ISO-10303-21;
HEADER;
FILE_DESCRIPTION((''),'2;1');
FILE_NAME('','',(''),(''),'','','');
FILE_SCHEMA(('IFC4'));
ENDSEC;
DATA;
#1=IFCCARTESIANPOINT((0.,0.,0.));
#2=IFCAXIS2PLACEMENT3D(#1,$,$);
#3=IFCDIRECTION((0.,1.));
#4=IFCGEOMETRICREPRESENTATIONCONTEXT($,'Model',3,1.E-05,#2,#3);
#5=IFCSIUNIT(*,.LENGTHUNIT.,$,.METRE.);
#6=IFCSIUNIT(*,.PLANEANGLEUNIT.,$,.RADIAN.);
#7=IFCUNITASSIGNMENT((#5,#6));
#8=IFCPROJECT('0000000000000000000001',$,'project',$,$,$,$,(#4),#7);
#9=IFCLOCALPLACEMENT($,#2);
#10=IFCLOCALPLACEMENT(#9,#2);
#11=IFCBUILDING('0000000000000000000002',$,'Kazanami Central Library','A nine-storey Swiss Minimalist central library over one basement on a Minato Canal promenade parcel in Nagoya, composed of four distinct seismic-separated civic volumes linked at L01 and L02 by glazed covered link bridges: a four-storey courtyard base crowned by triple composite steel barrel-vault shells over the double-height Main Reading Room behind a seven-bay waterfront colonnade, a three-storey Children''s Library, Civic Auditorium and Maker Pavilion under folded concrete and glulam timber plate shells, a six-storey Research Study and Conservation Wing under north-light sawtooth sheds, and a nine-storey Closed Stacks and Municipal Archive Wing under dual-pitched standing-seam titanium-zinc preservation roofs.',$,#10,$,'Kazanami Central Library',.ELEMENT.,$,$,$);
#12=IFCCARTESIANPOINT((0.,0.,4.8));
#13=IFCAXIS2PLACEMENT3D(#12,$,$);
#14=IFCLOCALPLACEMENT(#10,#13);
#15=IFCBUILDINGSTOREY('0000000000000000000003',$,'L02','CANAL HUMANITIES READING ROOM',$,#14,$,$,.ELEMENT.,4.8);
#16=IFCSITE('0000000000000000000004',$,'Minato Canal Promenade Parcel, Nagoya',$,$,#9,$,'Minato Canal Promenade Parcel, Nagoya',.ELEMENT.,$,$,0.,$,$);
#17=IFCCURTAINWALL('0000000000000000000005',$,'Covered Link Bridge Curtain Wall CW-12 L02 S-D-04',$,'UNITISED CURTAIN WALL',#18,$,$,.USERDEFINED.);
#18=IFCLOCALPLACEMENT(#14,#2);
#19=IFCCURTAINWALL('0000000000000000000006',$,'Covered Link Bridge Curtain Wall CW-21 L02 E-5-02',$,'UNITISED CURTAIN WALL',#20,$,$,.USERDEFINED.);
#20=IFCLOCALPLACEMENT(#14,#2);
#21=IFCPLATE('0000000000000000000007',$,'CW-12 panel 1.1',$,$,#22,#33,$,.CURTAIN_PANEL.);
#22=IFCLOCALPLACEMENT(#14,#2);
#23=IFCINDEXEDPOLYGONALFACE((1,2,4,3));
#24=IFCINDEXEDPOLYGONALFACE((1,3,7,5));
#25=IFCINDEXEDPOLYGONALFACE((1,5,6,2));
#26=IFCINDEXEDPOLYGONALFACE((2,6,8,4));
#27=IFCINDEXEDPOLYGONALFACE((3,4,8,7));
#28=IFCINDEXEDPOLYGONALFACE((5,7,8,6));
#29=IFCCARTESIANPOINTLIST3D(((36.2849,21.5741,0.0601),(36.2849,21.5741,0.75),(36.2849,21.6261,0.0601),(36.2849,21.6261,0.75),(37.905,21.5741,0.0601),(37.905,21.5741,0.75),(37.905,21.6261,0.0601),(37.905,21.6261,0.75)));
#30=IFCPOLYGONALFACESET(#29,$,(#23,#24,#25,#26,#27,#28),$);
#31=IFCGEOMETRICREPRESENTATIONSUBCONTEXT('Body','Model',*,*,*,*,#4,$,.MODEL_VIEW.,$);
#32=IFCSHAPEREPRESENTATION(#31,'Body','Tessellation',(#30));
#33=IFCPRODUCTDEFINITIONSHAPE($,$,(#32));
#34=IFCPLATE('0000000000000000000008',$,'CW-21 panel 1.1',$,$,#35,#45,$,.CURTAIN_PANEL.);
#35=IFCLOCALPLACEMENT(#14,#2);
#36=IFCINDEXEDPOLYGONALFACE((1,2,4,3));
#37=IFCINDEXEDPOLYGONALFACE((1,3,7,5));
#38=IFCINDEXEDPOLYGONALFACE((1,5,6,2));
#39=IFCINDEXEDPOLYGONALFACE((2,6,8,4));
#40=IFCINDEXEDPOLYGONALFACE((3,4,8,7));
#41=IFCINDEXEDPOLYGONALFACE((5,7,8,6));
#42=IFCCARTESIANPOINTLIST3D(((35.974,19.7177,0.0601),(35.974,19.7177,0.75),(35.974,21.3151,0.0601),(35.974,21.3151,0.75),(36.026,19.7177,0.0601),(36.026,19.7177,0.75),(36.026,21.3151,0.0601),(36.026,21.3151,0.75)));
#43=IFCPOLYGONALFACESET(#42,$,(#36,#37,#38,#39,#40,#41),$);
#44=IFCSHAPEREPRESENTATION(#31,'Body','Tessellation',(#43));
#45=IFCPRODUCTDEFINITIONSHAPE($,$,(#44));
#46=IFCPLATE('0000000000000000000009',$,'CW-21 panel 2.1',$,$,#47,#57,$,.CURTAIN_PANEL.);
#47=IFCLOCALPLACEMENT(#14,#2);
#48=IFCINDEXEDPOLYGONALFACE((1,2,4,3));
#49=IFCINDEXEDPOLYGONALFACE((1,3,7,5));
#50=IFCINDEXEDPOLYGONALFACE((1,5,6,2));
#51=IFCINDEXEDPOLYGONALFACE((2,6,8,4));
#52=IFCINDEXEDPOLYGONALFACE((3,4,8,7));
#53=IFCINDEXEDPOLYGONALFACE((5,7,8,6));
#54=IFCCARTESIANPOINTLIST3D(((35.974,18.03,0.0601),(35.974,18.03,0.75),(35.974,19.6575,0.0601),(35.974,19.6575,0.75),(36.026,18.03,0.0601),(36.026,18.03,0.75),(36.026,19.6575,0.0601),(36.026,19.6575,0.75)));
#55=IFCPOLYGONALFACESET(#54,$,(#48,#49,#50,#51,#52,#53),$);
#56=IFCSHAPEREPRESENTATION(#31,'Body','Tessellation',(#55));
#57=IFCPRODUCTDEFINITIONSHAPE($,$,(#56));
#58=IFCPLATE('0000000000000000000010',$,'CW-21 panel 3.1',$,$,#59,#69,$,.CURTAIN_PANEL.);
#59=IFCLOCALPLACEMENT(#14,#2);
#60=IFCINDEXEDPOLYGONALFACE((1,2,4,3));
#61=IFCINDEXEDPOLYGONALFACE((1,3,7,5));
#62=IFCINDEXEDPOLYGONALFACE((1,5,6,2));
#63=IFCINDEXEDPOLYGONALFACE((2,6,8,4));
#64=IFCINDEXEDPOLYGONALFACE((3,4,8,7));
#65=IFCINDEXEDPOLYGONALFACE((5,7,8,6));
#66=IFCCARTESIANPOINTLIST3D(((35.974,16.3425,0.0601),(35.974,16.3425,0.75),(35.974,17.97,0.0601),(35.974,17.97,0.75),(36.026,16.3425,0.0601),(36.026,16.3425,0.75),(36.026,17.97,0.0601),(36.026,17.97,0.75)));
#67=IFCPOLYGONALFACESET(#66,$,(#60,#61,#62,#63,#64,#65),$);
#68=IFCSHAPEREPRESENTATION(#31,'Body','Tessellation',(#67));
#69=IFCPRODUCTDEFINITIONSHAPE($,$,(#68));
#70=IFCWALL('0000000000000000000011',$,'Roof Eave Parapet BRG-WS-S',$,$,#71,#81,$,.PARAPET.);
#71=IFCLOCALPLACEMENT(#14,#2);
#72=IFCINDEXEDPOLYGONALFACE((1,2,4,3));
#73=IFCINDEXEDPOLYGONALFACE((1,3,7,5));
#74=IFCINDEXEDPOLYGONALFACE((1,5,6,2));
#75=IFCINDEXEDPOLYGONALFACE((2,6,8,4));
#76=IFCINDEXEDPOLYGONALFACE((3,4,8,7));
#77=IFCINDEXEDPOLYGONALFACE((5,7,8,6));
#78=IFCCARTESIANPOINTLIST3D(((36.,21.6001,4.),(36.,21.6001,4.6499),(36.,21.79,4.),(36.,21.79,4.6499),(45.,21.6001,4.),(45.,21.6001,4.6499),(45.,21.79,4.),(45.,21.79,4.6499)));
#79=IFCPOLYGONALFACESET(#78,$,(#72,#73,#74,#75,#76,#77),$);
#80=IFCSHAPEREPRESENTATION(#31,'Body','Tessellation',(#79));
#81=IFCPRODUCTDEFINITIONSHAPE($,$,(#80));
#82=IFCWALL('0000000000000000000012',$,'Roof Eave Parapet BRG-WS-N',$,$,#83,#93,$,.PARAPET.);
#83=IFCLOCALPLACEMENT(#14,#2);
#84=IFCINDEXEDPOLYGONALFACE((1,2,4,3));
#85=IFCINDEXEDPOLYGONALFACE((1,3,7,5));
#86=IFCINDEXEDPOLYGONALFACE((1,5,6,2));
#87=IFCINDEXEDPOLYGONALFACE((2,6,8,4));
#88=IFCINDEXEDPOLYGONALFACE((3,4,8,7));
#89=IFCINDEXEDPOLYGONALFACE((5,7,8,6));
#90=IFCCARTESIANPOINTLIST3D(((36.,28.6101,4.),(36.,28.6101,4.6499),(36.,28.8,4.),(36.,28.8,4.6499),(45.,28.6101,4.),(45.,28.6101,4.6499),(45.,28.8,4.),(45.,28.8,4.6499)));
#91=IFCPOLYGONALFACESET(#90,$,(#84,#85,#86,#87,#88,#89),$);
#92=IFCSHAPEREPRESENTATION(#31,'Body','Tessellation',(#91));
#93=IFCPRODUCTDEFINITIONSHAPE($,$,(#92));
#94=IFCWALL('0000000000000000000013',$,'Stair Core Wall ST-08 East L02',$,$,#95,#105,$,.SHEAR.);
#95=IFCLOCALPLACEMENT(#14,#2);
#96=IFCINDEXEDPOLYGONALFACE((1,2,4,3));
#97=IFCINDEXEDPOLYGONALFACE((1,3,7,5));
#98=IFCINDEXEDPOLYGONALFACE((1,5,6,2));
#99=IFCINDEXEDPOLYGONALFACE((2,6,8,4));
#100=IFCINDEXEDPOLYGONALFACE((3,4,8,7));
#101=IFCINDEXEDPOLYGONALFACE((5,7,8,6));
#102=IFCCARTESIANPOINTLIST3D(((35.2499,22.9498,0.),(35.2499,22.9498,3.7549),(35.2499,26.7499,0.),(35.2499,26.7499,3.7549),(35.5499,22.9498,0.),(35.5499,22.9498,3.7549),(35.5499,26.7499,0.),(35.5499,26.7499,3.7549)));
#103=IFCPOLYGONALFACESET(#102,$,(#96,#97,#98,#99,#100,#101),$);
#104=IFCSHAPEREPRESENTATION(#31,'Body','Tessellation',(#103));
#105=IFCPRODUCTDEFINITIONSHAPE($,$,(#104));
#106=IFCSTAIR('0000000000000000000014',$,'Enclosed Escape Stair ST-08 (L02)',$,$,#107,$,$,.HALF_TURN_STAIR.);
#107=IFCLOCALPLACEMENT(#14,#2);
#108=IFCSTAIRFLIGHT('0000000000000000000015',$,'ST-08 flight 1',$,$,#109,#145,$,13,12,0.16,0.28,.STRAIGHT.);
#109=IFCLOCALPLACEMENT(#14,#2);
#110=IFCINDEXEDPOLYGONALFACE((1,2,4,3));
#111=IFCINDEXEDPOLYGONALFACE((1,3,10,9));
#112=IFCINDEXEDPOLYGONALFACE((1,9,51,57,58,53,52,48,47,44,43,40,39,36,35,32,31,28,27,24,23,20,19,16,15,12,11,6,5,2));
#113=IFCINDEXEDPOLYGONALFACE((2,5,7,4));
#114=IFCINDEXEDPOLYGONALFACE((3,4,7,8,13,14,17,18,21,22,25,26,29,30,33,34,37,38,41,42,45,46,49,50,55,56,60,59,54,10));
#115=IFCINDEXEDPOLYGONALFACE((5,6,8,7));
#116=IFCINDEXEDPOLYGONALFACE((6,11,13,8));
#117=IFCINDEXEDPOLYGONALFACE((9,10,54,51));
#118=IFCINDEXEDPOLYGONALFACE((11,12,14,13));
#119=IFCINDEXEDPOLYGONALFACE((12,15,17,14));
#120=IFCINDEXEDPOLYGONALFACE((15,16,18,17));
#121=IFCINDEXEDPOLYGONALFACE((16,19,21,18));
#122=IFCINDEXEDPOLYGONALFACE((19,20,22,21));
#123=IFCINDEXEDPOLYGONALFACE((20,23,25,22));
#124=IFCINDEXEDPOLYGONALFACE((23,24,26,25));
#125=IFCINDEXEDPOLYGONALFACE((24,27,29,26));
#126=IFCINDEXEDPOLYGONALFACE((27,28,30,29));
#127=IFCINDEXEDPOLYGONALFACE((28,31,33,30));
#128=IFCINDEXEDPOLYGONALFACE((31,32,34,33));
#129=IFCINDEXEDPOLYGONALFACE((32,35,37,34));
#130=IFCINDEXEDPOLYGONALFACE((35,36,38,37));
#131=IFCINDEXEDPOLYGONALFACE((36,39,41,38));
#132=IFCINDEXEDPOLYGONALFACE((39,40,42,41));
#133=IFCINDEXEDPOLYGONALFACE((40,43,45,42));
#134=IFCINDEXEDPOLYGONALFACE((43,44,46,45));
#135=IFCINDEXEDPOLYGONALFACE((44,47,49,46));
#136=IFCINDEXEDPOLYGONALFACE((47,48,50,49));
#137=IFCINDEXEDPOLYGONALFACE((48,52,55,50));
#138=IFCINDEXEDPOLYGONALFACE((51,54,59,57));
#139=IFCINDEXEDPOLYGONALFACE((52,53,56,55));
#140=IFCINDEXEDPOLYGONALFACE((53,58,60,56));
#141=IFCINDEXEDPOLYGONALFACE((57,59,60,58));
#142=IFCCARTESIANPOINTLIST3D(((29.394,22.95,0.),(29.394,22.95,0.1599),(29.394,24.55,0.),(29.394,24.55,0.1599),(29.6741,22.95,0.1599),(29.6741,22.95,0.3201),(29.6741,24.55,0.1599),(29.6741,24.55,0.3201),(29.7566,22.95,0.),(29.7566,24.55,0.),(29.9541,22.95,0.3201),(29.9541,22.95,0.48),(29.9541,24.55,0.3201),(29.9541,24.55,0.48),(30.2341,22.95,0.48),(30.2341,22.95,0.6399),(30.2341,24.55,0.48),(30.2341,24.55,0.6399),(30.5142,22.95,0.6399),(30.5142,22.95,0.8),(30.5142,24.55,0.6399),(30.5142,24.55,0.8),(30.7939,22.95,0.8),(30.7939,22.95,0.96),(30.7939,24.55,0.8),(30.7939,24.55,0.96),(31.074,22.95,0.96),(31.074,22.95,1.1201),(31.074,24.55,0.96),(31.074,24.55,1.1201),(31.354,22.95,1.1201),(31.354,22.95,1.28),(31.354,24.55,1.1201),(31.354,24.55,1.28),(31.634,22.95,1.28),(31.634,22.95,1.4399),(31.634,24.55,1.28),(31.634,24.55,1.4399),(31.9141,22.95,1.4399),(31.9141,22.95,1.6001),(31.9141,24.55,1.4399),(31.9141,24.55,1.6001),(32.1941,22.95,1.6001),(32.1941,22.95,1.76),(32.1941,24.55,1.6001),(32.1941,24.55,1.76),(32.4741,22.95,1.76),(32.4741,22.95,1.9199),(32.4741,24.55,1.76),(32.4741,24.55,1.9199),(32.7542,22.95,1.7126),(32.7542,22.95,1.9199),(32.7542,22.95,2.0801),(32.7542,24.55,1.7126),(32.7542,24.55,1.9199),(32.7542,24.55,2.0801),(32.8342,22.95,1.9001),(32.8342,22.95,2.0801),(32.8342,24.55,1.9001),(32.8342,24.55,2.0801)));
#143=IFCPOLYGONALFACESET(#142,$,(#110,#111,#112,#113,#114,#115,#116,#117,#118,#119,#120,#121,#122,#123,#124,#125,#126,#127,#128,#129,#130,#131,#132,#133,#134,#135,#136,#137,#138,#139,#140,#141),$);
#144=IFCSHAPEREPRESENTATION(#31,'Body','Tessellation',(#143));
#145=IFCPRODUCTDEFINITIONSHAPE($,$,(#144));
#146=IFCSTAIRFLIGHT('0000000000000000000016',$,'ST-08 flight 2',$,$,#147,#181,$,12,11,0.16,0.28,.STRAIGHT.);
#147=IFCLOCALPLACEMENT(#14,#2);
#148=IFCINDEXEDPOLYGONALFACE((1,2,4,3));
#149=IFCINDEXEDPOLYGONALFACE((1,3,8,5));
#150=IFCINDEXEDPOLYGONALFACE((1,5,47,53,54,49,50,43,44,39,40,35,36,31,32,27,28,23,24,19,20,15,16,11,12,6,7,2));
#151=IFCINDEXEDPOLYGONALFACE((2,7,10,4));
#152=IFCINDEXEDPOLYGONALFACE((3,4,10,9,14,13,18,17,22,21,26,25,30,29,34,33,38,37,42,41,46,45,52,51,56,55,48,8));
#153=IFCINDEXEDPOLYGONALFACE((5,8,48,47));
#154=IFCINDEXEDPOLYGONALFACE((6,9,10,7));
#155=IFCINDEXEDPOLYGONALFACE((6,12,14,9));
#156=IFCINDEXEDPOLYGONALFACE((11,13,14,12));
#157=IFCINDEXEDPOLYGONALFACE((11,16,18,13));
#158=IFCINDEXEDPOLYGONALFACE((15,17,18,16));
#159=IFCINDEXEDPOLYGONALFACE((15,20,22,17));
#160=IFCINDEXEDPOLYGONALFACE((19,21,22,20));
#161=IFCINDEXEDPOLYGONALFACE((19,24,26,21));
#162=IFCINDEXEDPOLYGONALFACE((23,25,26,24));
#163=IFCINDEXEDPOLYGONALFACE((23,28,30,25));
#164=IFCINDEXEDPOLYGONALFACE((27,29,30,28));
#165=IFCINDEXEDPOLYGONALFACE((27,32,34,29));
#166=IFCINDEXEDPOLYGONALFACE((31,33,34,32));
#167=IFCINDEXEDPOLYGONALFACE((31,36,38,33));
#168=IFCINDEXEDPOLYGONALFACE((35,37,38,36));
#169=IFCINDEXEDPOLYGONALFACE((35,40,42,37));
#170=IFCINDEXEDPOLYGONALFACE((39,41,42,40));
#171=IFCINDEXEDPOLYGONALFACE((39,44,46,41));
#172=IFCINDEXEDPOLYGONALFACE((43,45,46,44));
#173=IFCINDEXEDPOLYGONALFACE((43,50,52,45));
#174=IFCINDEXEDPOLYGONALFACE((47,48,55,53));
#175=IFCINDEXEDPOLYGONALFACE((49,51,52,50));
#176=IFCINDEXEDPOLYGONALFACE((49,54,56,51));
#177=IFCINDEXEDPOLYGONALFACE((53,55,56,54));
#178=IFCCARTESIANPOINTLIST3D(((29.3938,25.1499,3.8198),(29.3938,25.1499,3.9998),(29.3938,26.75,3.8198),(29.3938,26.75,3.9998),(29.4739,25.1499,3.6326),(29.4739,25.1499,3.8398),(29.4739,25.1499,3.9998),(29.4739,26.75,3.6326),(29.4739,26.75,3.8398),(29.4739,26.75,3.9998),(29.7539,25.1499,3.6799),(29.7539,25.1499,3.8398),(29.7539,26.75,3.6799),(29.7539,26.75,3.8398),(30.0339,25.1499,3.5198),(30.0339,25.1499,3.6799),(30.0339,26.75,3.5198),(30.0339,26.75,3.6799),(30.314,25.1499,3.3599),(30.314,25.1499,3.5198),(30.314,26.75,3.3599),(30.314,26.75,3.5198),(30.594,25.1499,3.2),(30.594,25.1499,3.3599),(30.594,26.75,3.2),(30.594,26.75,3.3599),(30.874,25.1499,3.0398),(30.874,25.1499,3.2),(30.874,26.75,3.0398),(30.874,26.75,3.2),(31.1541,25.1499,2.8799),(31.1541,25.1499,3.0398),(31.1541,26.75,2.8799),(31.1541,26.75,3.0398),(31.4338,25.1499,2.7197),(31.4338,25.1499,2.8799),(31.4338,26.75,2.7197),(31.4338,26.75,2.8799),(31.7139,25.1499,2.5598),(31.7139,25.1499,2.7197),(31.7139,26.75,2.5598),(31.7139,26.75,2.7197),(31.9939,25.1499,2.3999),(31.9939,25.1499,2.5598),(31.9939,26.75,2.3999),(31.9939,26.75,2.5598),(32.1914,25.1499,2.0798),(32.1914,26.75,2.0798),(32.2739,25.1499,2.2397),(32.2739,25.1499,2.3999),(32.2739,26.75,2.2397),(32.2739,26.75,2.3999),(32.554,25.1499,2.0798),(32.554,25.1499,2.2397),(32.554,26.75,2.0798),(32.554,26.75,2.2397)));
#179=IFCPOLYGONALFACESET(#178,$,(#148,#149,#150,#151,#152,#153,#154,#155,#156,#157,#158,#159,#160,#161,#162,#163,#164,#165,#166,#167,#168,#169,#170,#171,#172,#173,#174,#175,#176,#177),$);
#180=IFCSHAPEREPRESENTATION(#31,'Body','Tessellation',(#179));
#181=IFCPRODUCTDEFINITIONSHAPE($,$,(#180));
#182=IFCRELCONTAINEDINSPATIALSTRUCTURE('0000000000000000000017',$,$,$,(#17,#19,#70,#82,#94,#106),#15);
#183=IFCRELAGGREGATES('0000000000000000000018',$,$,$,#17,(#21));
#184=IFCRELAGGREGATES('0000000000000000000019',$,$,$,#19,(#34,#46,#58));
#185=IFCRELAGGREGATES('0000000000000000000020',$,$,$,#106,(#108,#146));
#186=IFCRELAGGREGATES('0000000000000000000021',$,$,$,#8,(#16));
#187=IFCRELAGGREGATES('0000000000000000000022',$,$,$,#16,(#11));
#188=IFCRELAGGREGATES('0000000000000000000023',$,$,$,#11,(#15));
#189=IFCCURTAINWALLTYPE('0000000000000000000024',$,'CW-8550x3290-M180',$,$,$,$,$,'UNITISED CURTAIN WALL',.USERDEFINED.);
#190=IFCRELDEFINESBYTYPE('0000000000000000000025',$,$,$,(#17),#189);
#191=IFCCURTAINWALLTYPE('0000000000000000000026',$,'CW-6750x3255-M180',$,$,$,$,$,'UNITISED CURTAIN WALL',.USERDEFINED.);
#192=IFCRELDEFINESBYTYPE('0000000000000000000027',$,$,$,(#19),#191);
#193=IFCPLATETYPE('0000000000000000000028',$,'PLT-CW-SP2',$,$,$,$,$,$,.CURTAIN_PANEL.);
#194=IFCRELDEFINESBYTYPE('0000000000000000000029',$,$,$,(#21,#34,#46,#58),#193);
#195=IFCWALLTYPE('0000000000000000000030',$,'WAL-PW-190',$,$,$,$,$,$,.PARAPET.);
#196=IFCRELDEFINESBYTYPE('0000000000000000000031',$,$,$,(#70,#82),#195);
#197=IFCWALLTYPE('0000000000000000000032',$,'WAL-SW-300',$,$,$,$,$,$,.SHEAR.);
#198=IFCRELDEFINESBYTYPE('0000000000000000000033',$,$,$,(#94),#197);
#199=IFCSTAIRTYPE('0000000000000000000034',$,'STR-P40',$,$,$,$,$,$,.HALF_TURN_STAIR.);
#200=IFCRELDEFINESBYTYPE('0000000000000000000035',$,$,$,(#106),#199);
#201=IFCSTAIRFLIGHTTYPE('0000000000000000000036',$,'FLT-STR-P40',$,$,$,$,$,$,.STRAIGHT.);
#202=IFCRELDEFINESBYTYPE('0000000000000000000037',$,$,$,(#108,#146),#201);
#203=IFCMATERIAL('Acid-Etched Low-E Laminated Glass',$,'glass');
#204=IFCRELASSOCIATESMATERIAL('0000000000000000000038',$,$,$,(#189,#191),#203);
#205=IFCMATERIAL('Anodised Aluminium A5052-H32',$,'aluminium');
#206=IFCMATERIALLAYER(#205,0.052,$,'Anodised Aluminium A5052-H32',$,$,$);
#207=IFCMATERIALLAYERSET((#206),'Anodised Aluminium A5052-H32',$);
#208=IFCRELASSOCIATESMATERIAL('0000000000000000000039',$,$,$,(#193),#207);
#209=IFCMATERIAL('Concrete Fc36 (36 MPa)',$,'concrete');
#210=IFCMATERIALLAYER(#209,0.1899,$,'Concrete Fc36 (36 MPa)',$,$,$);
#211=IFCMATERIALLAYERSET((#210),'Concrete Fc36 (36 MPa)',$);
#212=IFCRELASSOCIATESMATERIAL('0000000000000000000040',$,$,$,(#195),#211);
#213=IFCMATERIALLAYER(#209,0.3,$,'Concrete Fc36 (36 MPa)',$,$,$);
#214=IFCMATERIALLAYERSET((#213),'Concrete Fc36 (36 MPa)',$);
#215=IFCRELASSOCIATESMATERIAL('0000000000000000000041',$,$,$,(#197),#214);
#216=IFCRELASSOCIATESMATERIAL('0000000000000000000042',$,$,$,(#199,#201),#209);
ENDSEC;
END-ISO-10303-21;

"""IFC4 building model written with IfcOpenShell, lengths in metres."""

from ifc_helpers import new_model, si_unit, direction, frame, frame_2d, origin, origin_2d, place, context, subcontext, project, spatial, polyline, rectangle, outline, extrude, material, layer, layer_set, type_object, element, aggregate, save


model = new_model("IFC4")

# Units and contexts
model_context = context("Model", 3, precision=1e-05, world=origin(), true_north=direction((0.0, 1.0)))
body_context = subcontext(model_context, "Body", "Model", "MODEL_VIEW")
ifc_project = project(units=[si_unit("LENGTHUNIT", "METRE"), si_unit("PLANEANGLEUNIT", "RADIAN")], contexts=[model_context])

# Site, building, storey
site_placement = place(None, origin())
site = spatial("IfcSite", under=ifc_project, at=site_placement, Name="Minato Canal Promenade Parcel, Nagoya", LongName="Minato Canal Promenade Parcel, Nagoya", CompositionType="ELEMENT", RefElevation=0.0)
building_placement = place(site_placement, origin())
building = spatial("IfcBuilding", under=site, at=building_placement, Name="Kazanami Central Library", Description="A nine-storey Swiss Minimalist central library over one basement on a Minato Canal promenade parcel in Nagoya, composed of four distinct seismic-separated civic volumes linked at L01 and L02 by glazed covered link bridges: a four-storey courtyard base crowned by triple composite steel barrel-vault shells over the double-height Main Reading Room behind a seven-bay waterfront colonnade, a three-storey Children's Library, Civic Auditorium and Maker Pavilion under folded concrete and glulam timber plate shells, a six-storey Research Study and Conservation Wing under north-light sawtooth sheds, and a nine-storey Closed Stacks and Municipal Archive Wing under dual-pitched standing-seam titanium-zinc preservation roofs.", LongName="Kazanami Central Library", CompositionType="ELEMENT")
storey_placement = place(building_placement, frame((0.0, 0.0, 4.8)))
storey = spatial("IfcBuildingStorey", under=building, at=storey_placement, Name="L02", Description="CANAL HUMANITIES READING ROOM", CompositionType="ELEMENT", Elevation=4.8)

# Curtain wall
ifc_material_1 = material(Name="Acid-Etched Low-E Laminated Glass", Category="glass")
curtain_wall_type_1 = type_object("IfcCurtainWallType", Name="CW-8550x3290-M180", ElementType="UNITISED CURTAIN WALL", PredefinedType="USERDEFINED", material=ifc_material_1)
curtain_wall_1_placement = place(storey_placement, origin())
curtain_wall_1 = element("IfcCurtainWall", 1, at=curtain_wall_1_placement, inside=storey, type_object=curtain_wall_type_1, Name="Covered Link Bridge Curtain Wall CW-12 L02 S-D-04", ObjectType="UNITISED CURTAIN WALL", PredefinedType="USERDEFINED")

# Curtain wall
curtain_wall_type_2 = type_object("IfcCurtainWallType", Name="CW-6750x3255-M180", ElementType="UNITISED CURTAIN WALL", PredefinedType="USERDEFINED", material=ifc_material_1)
curtain_wall_2_placement = place(storey_placement, origin())
curtain_wall_2 = element("IfcCurtainWall", 2, at=curtain_wall_2_placement, inside=storey, type_object=curtain_wall_type_2, Name="Covered Link Bridge Curtain Wall CW-21 L02 E-5-02", ObjectType="UNITISED CURTAIN WALL", PredefinedType="USERDEFINED")

# Plates
ifc_material_2 = material(Name="Anodised Aluminium A5052-H32", Category="aluminium")
ifc_layer_1 = layer(ifc_material_2, 0.052, Name="Anodised Aluminium A5052-H32")
ifc_layer_set_1 = layer_set([ifc_layer_1], Name="Anodised Aluminium A5052-H32")
plate_type_1 = type_object("IfcPlateType", Name="PLT-CW-SP2", PredefinedType="CURTAIN_PANEL", material=ifc_layer_set_1)
plate_1_placement = place(storey_placement, frame((37.095, 21.6001, 0.0601), z_axis=(0.0, 0.0, 1.0), x_axis=(1.0, 0.0, 0.0)))
plate_1 = element("IfcPlate", 3, at=plate_1_placement, type_object=plate_type_1, Name="CW-12 panel 1.1", PredefinedType="CURTAIN_PANEL", context=body_context, shape_type="SweptSolid", body=[
    extrude(rectangle(XDim=1.6201, YDim=0.052, at=origin_2d()), origin(), (0.0, 0.0, 1.0), 0.6899),
])
aggregate(curtain_wall_1, [plate_1])
plate_2_placement = place(storey_placement, frame((36.0, 20.5164, 0.0601), z_axis=(0.0, 0.0, 1.0), x_axis=(0.0, -1.0, 0.0)))
plate_2 = element("IfcPlate", 4, at=plate_2_placement, type_object=plate_type_1, Name="CW-21 panel 1.1", PredefinedType="CURTAIN_PANEL", context=body_context, shape_type="SweptSolid", body=[
    extrude(rectangle(XDim=1.5974, YDim=0.052, at=origin_2d()), origin(), (0.0, 0.0, 1.0), 0.6899),
])
plate_3_placement = place(storey_placement, frame((36.0, 18.8438, 0.0601), z_axis=(0.0, 0.0, 1.0), x_axis=(0.0, -1.0, 0.0)))
plate_3 = element("IfcPlate", 5, at=plate_3_placement, type_object=plate_type_1, Name="CW-21 panel 2.1", PredefinedType="CURTAIN_PANEL", context=body_context, shape_type="SweptSolid", body=[
    extrude(rectangle(XDim=1.6274, YDim=0.052, at=origin_2d()), origin(), (0.0, 0.0, 1.0), 0.6899),
])
plate_4_placement = place(storey_placement, frame((36.0, 17.1562, 0.0601), z_axis=(0.0, 0.0, 1.0), x_axis=(0.0, -1.0, 0.0)))
plate_4 = element("IfcPlate", 6, at=plate_4_placement, type_object=plate_type_1, Name="CW-21 panel 3.1", PredefinedType="CURTAIN_PANEL", context=body_context, shape_type="SweptSolid", body=[
    extrude(rectangle(XDim=1.6274, YDim=0.052, at=origin_2d()), origin(), (0.0, 0.0, 1.0), 0.6899),
])
aggregate(curtain_wall_2, [plate_2, plate_3, plate_4])

# Walls
ifc_material_3 = material(Name="Concrete Fc36 (36 MPa)", Category="concrete")
ifc_layer_2 = layer(ifc_material_3, 0.1899, Name="Concrete Fc36 (36 MPa)")
ifc_layer_set_2 = layer_set([ifc_layer_2], Name="Concrete Fc36 (36 MPa)")
wall_type_1 = type_object("IfcWallType", Name="WAL-PW-190", PredefinedType="PARAPET", material=ifc_layer_set_2)
for number, where, z_axis, x_axis, name in (
    (7, (36.0, 21.6951, 4.0), (0.0, 0.0, 1.0), (1.0, 0.0, 0.0), "Roof Eave Parapet BRG-WS-S"),
    (8, (36.0, 28.7051, 4.0), (0.0, 0.0, 1.0), (1.0, 0.0, 0.0), "Roof Eave Parapet BRG-WS-N"),
):
    element("IfcWall", number, at=place(storey_placement, frame(where, z_axis=z_axis, x_axis=x_axis)), inside=storey, type_object=wall_type_1, Name=name, PredefinedType="PARAPET", context=body_context, shape_type="SweptSolid", body=[
        extrude(rectangle(XDim=9.0, YDim=0.1899, at=frame_2d((4.5, 0.0))), origin(), (0.0, 0.0, 1.0), 0.6499),
    ])
ifc_layer_3 = layer(ifc_material_3, 0.3, Name="Concrete Fc36 (36 MPa)")
ifc_layer_set_3 = layer_set([ifc_layer_3], Name="Concrete Fc36 (36 MPa)")
wall_type_2 = type_object("IfcWallType", Name="WAL-SW-300", PredefinedType="SHEAR", material=ifc_layer_set_3)
wall_1_placement = place(storey_placement, frame((35.3999, 22.95, 0.0), z_axis=(0.0, 0.0, 1.0), x_axis=(0.0, 1.0, 0.0)))
element("IfcWall", 9, at=wall_1_placement, inside=storey, type_object=wall_type_2, Name="Stair Core Wall ST-08 East L02", PredefinedType="SHEAR", context=body_context, shape_type="SweptSolid", body=[
    extrude(rectangle(XDim=3.8, YDim=0.3, at=frame_2d((1.8999, 0.0))), origin(), (0.0, 0.0, 1.0), 3.7549),
])

# Stair, stair flights
stair_type = type_object("IfcStairType", Name="STR-P40", PredefinedType="HALF_TURN_STAIR", material=ifc_material_3)
stair_placement = place(storey_placement, origin())
stair = element("IfcStair", 10, at=stair_placement, inside=storey, type_object=stair_type, Name="Enclosed Escape Stair ST-08 (L02)", PredefinedType="HALF_TURN_STAIR")
stair_flight_type = type_object("IfcStairFlightType", Name="FLT-STR-P40", PredefinedType="STRAIGHT", material=ifc_material_3)
stair_flight_1_placement = place(storey_placement, frame((29.394, 23.75, 0.0), z_axis=(0.0, 0.0, 1.0), x_axis=(1.0, 0.0, 0.0)))
stair_flight_1 = element("IfcStairFlight", 11, at=stair_flight_1_placement, type_object=stair_flight_type, Name="ST-08 flight 1", NumberOfRisers=13, NumberOfTreads=12, PredefinedType="STRAIGHT", RiserHeight=0.16, TreadLength=0.28, context=body_context, shape_type="SweptSolid", body=[
    extrude(outline(polyline([(0.0, 0.0), (0.0, 0.1599), (0.28, 0.1599), (0.28, 0.3201), (0.5601, 0.3201), (0.5601, 0.48), (0.8401, 0.48), (0.8401, 0.6399), (1.1201, 0.6399), (1.1201, 0.8), (1.3999, 0.8), (1.3999, 0.96), (1.6799, 0.96), (1.6799, 1.1201), (1.96, 1.1201), (1.96, 1.28), (2.24, 1.28), (2.24, 1.4399), (2.52, 1.4399), (2.52, 1.6001), (2.8, 1.6001), (2.8, 1.76), (3.0801, 1.76), (3.0801, 1.9199), (3.3601, 1.9199), (3.3601, 2.0801), (3.4402, 2.0801), (3.4402, 1.9001), (3.3601, 1.7126), (0.3625, 0.0), (0.0, 0.0)])), frame((0.0, 0.8, 0.0), z_axis=(0.0, -1.0, 0.0), x_axis=(1.0, 0.0, 0.0)), (0.0, 0.0, 1.0), 1.6001),
])
stair_flight_2_placement = place(storey_placement, frame((32.554, 25.95, 2.0798), z_axis=(0.0, 0.0, 1.0), x_axis=(-1.0, 0.0, 0.0)))
stair_flight_2 = element("IfcStairFlight", 12, at=stair_flight_2_placement, type_object=stair_flight_type, Name="ST-08 flight 2", NumberOfRisers=12, NumberOfTreads=11, PredefinedType="STRAIGHT", RiserHeight=0.16, TreadLength=0.28, context=body_context, shape_type="SweptSolid", body=[
    extrude(outline(polyline([(0.0, 0.0), (0.0, 0.1599), (0.28, 0.1599), (0.28, 0.3201), (0.5601, 0.3201), (0.5601, 0.48), (0.8401, 0.48), (0.8401, 0.6399), (1.1201, 0.6399), (1.1201, 0.8), (1.3999, 0.8), (1.3999, 0.96), (1.6799, 0.96), (1.6799, 1.1201), (1.96, 1.1201), (1.96, 1.28), (2.24, 1.28), (2.24, 1.4399), (2.52, 1.4399), (2.52, 1.6001), (2.8, 1.6001), (2.8, 1.76), (3.0801, 1.76), (3.0801, 1.9199), (3.1602, 1.9199), (3.1602, 1.74), (3.0801, 1.5527), (0.3625, 0.0), (0.0, 0.0)])), frame((0.0, 0.8, 0.0), z_axis=(0.0, -1.0, 0.0), x_axis=(1.0, 0.0, 0.0)), (0.0, 0.0, 1.0), 1.6001),
])
aggregate(stair, [stair_flight_1, stair_flight_2])

save(model, "model.ifc")
